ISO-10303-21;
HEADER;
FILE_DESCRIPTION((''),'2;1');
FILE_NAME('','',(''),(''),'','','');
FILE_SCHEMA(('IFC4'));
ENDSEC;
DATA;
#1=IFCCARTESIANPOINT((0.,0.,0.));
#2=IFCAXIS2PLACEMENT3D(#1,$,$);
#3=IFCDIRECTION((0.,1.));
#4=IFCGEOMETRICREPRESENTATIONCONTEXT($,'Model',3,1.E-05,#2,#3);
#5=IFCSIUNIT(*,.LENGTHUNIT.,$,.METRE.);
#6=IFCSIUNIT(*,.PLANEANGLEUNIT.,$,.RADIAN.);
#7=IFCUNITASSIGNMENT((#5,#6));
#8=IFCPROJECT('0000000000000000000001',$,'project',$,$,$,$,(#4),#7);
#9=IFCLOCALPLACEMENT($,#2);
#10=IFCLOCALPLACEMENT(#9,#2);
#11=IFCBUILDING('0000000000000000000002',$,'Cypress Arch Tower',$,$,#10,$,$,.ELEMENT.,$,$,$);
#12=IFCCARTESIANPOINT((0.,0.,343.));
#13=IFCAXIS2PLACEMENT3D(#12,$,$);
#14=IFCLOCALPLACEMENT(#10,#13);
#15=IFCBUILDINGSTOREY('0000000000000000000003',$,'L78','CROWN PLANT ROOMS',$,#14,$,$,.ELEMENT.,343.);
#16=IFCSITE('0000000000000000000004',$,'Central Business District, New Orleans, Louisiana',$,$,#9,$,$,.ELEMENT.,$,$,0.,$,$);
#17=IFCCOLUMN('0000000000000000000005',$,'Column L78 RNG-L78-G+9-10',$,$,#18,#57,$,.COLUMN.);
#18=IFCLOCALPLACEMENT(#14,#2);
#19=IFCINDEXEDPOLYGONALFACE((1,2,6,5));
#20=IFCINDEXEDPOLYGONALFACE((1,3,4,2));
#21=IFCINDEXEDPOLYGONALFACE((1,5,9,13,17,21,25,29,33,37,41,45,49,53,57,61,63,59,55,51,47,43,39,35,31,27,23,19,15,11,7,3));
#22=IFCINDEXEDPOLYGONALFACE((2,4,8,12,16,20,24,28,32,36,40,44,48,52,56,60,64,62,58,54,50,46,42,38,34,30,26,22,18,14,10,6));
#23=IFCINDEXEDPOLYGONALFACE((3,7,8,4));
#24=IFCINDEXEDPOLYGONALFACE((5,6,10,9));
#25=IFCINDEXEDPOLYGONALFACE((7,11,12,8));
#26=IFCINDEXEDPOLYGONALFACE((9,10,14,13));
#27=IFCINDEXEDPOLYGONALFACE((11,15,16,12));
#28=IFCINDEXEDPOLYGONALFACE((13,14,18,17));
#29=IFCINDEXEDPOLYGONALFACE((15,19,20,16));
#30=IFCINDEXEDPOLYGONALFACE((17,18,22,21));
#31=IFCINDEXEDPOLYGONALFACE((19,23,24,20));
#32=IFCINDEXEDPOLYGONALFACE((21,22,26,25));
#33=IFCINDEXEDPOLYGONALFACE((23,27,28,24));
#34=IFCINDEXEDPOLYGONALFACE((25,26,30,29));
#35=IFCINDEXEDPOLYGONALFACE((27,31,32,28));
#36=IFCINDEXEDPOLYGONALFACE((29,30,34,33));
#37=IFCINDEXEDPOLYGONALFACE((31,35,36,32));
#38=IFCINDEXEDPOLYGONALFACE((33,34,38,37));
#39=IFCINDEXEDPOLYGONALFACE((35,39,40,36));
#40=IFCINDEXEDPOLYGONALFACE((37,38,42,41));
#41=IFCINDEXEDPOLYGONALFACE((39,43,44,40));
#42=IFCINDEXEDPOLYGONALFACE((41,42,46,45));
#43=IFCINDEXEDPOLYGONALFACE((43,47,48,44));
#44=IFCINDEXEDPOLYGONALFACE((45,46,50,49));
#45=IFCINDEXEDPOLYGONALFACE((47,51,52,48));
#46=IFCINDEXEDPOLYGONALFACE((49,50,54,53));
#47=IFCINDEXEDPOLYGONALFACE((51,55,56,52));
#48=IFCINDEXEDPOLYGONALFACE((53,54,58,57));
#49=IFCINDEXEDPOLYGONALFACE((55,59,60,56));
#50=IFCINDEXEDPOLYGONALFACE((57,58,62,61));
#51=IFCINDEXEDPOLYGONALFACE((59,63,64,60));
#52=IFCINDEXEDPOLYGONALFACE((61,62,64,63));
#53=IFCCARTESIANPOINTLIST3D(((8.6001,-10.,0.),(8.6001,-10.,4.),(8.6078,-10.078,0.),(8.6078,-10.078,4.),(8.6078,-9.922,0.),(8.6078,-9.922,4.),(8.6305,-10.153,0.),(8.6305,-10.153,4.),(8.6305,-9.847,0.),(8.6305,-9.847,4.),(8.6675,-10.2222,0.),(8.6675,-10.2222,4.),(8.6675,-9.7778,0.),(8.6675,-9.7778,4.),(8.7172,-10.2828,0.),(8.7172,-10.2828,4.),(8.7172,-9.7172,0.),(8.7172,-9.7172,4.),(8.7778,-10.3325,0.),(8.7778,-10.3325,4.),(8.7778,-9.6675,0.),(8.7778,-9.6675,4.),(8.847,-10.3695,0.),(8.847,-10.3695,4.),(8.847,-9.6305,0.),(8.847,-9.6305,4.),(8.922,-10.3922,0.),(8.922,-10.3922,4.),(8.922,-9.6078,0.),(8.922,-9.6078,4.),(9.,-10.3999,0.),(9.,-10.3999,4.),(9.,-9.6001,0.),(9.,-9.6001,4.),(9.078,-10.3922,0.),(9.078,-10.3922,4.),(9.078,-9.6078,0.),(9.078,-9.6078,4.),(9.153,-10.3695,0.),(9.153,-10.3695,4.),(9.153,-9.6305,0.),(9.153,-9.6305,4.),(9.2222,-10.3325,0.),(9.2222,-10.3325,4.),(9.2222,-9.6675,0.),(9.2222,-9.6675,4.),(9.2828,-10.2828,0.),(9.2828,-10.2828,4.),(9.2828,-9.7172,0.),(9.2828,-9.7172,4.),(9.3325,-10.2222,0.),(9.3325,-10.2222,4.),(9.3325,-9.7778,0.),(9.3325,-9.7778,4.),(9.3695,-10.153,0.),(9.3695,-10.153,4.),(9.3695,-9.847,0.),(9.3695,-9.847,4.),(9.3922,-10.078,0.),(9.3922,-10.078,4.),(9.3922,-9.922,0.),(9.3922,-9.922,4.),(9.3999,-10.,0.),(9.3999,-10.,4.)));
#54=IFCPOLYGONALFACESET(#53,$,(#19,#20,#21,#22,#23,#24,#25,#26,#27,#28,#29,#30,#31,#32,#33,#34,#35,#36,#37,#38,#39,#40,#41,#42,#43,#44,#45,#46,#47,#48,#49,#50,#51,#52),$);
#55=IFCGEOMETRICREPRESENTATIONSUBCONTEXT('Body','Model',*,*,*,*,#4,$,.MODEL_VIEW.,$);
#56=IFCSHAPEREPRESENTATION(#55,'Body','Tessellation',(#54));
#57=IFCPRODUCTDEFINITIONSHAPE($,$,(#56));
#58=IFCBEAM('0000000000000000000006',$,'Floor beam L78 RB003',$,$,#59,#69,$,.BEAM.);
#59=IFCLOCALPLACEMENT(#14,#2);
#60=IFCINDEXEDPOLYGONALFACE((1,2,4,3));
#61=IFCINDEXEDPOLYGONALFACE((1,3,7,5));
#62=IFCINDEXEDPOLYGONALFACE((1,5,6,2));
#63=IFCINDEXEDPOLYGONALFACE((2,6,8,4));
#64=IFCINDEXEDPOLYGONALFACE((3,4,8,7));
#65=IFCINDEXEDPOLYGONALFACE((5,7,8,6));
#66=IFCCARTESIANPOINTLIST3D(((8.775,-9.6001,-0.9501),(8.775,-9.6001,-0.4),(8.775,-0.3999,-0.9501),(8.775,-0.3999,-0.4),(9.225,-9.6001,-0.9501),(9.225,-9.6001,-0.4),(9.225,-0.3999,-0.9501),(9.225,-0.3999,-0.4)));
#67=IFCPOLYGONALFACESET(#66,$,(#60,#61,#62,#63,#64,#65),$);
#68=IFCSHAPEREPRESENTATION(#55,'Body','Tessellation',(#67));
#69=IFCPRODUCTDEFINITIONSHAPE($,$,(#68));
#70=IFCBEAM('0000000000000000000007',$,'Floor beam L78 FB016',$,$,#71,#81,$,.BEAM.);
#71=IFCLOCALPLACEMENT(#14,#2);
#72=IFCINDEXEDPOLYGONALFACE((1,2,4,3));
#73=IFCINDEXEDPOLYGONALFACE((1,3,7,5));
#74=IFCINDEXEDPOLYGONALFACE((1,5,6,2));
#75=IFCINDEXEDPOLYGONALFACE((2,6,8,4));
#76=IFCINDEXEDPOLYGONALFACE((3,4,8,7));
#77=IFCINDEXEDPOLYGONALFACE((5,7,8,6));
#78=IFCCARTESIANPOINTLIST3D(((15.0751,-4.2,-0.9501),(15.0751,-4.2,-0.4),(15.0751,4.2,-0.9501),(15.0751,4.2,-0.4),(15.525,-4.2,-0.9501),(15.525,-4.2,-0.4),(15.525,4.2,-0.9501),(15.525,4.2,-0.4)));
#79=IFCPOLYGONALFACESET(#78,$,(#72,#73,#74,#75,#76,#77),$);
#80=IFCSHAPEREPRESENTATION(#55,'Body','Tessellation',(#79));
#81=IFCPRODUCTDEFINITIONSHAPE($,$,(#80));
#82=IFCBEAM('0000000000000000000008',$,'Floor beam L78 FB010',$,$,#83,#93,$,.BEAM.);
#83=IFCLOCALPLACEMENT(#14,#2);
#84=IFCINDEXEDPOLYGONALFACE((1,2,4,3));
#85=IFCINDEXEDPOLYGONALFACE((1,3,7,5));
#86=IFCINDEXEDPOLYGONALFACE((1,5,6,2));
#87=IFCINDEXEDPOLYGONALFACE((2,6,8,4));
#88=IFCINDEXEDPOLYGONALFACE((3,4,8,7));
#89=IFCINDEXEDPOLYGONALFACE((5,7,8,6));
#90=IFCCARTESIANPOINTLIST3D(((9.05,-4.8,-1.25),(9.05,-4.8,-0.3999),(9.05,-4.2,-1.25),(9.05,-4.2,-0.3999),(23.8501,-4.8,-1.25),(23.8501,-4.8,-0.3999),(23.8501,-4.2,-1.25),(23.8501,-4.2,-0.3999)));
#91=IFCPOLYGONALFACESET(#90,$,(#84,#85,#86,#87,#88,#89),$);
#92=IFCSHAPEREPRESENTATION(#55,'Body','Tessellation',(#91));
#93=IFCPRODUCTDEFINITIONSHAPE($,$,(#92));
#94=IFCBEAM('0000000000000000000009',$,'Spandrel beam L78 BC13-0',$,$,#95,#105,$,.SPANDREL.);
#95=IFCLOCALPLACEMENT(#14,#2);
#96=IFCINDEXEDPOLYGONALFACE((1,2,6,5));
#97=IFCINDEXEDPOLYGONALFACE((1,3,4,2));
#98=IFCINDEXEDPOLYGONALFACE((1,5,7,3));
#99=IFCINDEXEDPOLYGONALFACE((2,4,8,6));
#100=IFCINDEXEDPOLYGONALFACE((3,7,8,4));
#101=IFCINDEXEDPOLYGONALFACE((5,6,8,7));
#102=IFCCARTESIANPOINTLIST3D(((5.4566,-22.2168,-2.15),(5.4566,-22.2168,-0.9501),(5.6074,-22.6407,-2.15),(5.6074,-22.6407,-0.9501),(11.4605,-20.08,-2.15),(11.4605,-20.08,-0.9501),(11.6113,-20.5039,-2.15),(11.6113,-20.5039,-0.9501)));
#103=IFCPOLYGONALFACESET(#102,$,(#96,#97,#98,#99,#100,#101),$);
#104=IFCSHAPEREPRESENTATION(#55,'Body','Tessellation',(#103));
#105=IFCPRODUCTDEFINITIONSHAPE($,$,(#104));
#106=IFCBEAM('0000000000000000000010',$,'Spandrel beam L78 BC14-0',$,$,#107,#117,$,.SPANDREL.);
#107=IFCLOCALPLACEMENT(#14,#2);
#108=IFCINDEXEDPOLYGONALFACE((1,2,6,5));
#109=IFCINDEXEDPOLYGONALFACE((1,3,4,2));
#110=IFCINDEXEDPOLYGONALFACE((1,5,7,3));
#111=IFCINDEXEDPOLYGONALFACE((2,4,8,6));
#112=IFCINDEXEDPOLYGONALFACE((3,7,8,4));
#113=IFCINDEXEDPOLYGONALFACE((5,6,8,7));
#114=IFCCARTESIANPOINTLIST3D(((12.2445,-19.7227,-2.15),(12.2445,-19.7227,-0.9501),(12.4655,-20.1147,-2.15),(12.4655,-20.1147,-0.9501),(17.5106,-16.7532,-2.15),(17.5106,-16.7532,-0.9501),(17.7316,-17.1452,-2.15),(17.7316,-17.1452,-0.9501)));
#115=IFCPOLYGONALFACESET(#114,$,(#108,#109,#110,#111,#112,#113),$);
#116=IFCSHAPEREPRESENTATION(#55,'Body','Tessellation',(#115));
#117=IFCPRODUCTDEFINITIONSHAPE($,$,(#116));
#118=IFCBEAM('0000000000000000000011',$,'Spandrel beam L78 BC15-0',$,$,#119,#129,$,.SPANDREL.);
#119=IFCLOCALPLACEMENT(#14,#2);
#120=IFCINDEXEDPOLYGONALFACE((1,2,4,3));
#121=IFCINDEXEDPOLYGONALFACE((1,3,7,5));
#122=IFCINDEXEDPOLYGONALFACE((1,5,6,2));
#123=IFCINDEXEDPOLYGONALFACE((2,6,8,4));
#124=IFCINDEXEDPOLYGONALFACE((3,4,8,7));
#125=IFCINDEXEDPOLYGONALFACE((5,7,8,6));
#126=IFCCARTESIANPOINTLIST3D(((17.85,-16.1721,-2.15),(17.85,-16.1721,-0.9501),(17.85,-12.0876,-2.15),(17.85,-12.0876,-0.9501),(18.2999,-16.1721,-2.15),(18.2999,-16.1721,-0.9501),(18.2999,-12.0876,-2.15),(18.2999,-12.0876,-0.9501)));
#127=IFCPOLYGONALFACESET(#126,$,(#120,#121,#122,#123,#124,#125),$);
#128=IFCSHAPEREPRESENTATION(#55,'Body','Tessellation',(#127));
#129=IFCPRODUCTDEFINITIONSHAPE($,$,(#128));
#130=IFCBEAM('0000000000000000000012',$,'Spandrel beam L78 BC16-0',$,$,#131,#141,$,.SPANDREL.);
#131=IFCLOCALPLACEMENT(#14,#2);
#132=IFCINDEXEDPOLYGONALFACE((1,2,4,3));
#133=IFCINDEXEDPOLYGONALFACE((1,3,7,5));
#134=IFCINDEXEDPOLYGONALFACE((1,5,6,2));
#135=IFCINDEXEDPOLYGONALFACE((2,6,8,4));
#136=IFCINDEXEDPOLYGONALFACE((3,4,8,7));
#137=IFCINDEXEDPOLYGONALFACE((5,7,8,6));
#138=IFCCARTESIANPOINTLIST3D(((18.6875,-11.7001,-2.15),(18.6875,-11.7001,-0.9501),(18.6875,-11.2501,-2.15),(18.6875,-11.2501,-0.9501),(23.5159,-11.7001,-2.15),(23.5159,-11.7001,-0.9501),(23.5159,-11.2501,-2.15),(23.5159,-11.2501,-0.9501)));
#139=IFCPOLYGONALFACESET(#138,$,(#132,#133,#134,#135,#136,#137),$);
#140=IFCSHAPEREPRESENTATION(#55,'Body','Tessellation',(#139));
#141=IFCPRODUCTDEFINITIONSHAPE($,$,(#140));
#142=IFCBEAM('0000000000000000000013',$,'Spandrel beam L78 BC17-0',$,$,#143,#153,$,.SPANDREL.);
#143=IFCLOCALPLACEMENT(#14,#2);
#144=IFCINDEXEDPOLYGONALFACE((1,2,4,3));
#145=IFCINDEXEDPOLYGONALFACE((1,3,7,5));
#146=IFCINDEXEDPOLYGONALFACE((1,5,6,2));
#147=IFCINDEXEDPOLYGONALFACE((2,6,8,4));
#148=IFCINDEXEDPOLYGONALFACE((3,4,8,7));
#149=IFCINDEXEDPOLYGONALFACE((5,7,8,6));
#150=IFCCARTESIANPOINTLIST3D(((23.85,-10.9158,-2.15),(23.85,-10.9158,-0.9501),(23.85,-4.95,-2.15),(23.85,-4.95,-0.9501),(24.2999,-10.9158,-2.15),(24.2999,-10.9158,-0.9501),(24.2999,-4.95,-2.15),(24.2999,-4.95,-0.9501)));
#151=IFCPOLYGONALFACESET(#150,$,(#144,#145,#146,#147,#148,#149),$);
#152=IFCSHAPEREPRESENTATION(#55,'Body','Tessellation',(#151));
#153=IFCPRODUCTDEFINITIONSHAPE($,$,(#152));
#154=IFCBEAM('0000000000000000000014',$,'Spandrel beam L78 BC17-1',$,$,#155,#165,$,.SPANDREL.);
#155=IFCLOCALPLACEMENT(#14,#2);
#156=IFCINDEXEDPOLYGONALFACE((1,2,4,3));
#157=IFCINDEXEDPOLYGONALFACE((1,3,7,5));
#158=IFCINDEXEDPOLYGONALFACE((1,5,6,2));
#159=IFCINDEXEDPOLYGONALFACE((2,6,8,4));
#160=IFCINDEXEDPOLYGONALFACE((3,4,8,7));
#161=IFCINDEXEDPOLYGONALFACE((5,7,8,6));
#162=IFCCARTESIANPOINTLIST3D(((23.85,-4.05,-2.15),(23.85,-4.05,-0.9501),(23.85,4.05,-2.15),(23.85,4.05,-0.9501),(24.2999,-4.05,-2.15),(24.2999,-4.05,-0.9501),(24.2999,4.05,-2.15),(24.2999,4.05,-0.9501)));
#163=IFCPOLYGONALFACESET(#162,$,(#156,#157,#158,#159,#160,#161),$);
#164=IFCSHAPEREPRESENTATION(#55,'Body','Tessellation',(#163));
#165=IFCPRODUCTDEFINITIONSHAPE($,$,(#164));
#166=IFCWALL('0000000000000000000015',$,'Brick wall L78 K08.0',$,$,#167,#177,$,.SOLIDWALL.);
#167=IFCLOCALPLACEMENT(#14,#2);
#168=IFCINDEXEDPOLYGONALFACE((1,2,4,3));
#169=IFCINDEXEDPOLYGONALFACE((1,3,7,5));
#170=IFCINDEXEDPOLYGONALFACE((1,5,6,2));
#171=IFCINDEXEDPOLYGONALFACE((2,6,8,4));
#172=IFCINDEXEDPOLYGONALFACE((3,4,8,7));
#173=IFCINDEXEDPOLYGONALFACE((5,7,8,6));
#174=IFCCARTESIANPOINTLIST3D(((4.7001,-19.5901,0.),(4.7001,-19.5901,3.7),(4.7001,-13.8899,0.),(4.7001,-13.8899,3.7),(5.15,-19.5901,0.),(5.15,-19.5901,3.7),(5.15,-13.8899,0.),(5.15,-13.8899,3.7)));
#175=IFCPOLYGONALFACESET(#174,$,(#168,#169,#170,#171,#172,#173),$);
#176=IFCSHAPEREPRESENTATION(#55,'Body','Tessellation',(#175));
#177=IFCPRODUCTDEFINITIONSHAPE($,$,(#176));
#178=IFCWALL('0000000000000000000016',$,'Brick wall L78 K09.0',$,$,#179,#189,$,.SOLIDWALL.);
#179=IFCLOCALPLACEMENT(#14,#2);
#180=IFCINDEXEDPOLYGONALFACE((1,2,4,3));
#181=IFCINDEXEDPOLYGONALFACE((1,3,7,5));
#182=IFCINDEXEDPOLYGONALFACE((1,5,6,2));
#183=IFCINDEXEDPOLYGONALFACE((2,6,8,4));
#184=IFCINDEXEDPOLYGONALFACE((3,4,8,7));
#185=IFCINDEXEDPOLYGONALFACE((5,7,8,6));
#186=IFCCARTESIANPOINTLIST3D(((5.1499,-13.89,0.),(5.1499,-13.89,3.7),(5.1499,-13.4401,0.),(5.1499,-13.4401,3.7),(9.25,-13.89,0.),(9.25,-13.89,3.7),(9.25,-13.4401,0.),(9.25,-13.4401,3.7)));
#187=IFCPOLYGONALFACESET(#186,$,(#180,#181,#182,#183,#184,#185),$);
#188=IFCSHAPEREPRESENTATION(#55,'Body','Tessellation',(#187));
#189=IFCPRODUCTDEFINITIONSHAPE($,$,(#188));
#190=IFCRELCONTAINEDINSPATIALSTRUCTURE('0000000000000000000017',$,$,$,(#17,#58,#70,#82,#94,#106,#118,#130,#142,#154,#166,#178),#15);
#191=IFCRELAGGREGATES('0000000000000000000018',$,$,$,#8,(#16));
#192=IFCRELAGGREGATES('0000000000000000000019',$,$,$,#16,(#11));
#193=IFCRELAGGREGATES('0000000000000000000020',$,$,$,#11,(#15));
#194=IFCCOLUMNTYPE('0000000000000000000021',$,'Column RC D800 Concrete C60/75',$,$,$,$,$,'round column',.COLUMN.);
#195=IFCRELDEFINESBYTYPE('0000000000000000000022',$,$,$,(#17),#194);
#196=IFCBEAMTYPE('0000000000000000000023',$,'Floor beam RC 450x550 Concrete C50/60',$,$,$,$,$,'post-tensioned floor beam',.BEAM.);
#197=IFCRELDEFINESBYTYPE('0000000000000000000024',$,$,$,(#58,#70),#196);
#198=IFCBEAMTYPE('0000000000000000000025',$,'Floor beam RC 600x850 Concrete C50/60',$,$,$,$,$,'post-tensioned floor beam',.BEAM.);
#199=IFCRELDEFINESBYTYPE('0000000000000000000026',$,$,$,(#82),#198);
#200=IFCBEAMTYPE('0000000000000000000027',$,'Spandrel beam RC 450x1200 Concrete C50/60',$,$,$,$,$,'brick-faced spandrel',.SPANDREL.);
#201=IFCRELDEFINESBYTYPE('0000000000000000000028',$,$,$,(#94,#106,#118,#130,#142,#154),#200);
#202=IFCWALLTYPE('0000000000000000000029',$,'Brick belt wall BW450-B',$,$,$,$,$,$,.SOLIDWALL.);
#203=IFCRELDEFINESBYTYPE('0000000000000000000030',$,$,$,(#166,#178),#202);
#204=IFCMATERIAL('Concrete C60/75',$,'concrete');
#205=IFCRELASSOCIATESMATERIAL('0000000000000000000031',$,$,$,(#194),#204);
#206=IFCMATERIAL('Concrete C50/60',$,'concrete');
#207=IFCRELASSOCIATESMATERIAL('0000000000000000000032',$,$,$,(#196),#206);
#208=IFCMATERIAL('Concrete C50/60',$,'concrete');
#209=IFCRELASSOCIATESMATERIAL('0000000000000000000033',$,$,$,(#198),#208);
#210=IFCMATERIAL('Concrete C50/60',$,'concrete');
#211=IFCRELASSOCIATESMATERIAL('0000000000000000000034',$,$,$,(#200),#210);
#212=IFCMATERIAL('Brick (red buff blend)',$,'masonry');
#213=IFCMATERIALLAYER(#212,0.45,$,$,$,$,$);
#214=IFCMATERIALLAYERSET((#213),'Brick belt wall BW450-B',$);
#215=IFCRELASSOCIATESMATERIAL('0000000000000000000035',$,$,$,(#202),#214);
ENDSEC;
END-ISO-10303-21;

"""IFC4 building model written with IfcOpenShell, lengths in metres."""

from ifc_helpers import new_model, si_unit, direction, frame, frame_2d, origin, origin_2d, place, context, subcontext, project, spatial, rectangle, circle, extrude, material, layer, layer_set, material_profile, profile_set, type_object, element, save


model = new_model("IFC4")

# Units and contexts
model_context = context("Model", 3, precision=1e-05, world=origin(), true_north=direction((0.0, 1.0)))
body_context = subcontext(model_context, "Body", "Model", "MODEL_VIEW")
ifc_project = project(units=[si_unit("LENGTHUNIT", "METRE"), si_unit("PLANEANGLEUNIT", "RADIAN")], contexts=[model_context])

# Site, building, storey
site_placement = place(None, origin())
site = spatial("IfcSite", under=ifc_project, at=site_placement, Name="Central Business District, New Orleans, Louisiana", CompositionType="ELEMENT", RefElevation=0.0)
building_placement = place(site_placement, origin())
building = spatial("IfcBuilding", under=site, at=building_placement, Name="Cypress Arch Tower", CompositionType="ELEMENT")
storey_placement = place(building_placement, frame((0.0, 0.0, 343.0)))
storey = spatial("IfcBuildingStorey", under=building, at=storey_placement, Name="L78", Description="CROWN PLANT ROOMS", CompositionType="ELEMENT", Elevation=343.0)

# Column
ifc_material_1 = material(Name="Concrete C60/75", Category="concrete")
ifc_material_profile_1 = material_profile(ifc_material_1, circle(Radius=0.3999, at=origin_2d()), Name="RC D800")
ifc_profile_set_1 = profile_set([ifc_material_profile_1], Name="Concrete C60/75")
column_type = type_object("IfcColumnType", Name="Column RC D800 Concrete C60/75", ElementType="round column", PredefinedType="COLUMN", material=ifc_profile_set_1)
column_placement = place(storey_placement, frame((9.0, -10.0, 0.0), z_axis=(0.0, 0.0, 1.0), x_axis=(1.0, 0.0, 0.0)))
element("IfcColumn", 1, at=column_placement, inside=storey, type_object=column_type, Name="Column L78 RNG-L78-G+9-10", PredefinedType="COLUMN", context=body_context, shape_type="SweptSolid", body=[
    extrude(circle(Radius=0.3999, at=origin_2d()), origin(), (0.0, 0.0, 1.0), 4.0),
])

# Beams
ifc_material_2 = material(Name="Concrete C50/60", Category="concrete")
ifc_material_profile_2 = material_profile(ifc_material_2, rectangle(XDim=0.45, YDim=0.55, at=origin_2d()), Name="RC 450x550")
ifc_profile_set_2 = profile_set([ifc_material_profile_2], Name="Concrete C50/60")
beam_type_1 = type_object("IfcBeamType", Name="Floor beam RC 450x550 Concrete C50/60", ElementType="post-tensioned floor beam", PredefinedType="BEAM", material=ifc_profile_set_2)
beam_1_placement = place(storey_placement, frame((9.0, -9.6001, -0.675), z_axis=(0.0, 1.0, 0.0), x_axis=(-1.0, 0.0, 0.0)))
element("IfcBeam", 2, at=beam_1_placement, inside=storey, type_object=beam_type_1, Name="Floor beam L78 RB003", PredefinedType="BEAM", context=body_context, shape_type="SweptSolid", body=[
    extrude(rectangle(XDim=0.45, YDim=0.55, at=origin_2d()), origin(), (0.0, 0.0, 1.0), 9.2002),
])
beam_2_placement = place(storey_placement, frame((15.3, -4.2, -0.675), z_axis=(0.0, 1.0, 0.0), x_axis=(-1.0, 0.0, 0.0)))
element("IfcBeam", 3, at=beam_2_placement, inside=storey, type_object=beam_type_1, Name="Floor beam L78 FB016", PredefinedType="BEAM", context=body_context, shape_type="SweptSolid", body=[
    extrude(rectangle(XDim=0.45, YDim=0.55, at=origin_2d()), origin(), (0.0, 0.0, 1.0), 8.3999),
])
ifc_material_3 = material(Name="Concrete C50/60", Category="concrete")
ifc_material_profile_3 = material_profile(ifc_material_3, rectangle(XDim=0.6001, YDim=0.8501, at=origin_2d()), Name="RC 600x850")
ifc_profile_set_3 = profile_set([ifc_material_profile_3], Name="Concrete C50/60")
beam_type_2 = type_object("IfcBeamType", Name="Floor beam RC 600x850 Concrete C50/60", ElementType="post-tensioned floor beam", PredefinedType="BEAM", material=ifc_profile_set_3)
beam_3_placement = place(storey_placement, frame((9.05, -4.5, -0.825), z_axis=(1.0, 0.0, 0.0), x_axis=(0.0, 1.0, 0.0)))
element("IfcBeam", 4, at=beam_3_placement, inside=storey, type_object=beam_type_2, Name="Floor beam L78 FB010", PredefinedType="BEAM", context=body_context, shape_type="SweptSolid", body=[
    extrude(rectangle(XDim=0.6001, YDim=0.8501, at=origin_2d()), origin(), (0.0, 0.0, 1.0), 14.8),
])
ifc_material_4 = material(Name="Concrete C50/60", Category="concrete")
ifc_material_profile_4 = material_profile(ifc_material_4, rectangle(XDim=0.45, YDim=1.2, at=origin_2d()), Name="RC 450x1200")
ifc_profile_set_4 = profile_set([ifc_material_profile_4], Name="Concrete C50/60")
beam_type_3 = type_object("IfcBeamType", Name="Spandrel beam RC 450x1200 Concrete C50/60", ElementType="brick-faced spandrel", PredefinedType="SPANDREL", material=ifc_profile_set_4)
beam_4_placement = place(storey_placement, frame((5.532, -22.4287, -1.55), z_axis=(0.942116, 0.335288, 0.0), x_axis=(-0.335288, 0.942116, 0.0)))
element("IfcBeam", 5, at=beam_4_placement, inside=storey, type_object=beam_type_3, Name="Spandrel beam L78 BC13-0", PredefinedType="SPANDREL", context=body_context, shape_type="SweptSolid", body=[
    extrude(rectangle(XDim=0.45, YDim=1.2, at=origin_2d()), origin(), (0.0, 0.0, 1.0), 6.3728),
])
beam_5_placement = place(storey_placement, frame((12.355, -19.9187, -1.55), z_axis=(0.87106, 0.491177, 0.0), x_axis=(-0.491177, 0.87106, 0.0)))
element("IfcBeam", 6, at=beam_5_placement, inside=storey, type_object=beam_type_3, Name="Spandrel beam L78 BC14-0", PredefinedType="SPANDREL", context=body_context, shape_type="SweptSolid", body=[
    extrude(rectangle(XDim=0.45, YDim=1.2, at=origin_2d()), origin(), (0.0, 0.0, 1.0), 6.0457),
])
beam_6_placement = place(storey_placement, frame((18.075, -16.1721, -1.55), z_axis=(0.0, 1.0, 0.0), x_axis=(-1.0, 0.0, 0.0)))
element("IfcBeam", 7, at=beam_6_placement, inside=storey, type_object=beam_type_3, Name="Spandrel beam L78 BC15-0", PredefinedType="SPANDREL", context=body_context, shape_type="SweptSolid", body=[
    extrude(rectangle(XDim=0.45, YDim=1.2, at=origin_2d()), origin(), (0.0, 0.0, 1.0), 4.0845),
])
beam_7_placement = place(storey_placement, frame((18.6875, -11.4751, -1.55), z_axis=(1.0, 0.0, 0.0), x_axis=(0.0, 1.0, 0.0)))
element("IfcBeam", 8, at=beam_7_placement, inside=storey, type_object=beam_type_3, Name="Spandrel beam L78 BC16-0", PredefinedType="SPANDREL", context=body_context, shape_type="SweptSolid", body=[
    extrude(rectangle(XDim=0.45, YDim=1.2, at=origin_2d()), origin(), (0.0, 0.0, 1.0), 4.8284),
])
beam_8_placement = place(storey_placement, frame((24.075, -10.9158, -1.55), z_axis=(0.0, 1.0, 0.0), x_axis=(-1.0, 0.0, 0.0)))
element("IfcBeam", 9, at=beam_8_placement, inside=storey, type_object=beam_type_3, Name="Spandrel beam L78 BC17-0", PredefinedType="SPANDREL", context=body_context, shape_type="SweptSolid", body=[
    extrude(rectangle(XDim=0.45, YDim=1.2, at=origin_2d()), origin(), (0.0, 0.0, 1.0), 5.9658),
])
beam_9_placement = place(storey_placement, frame((24.075, -4.05, -1.55), z_axis=(0.0, 1.0, 0.0), x_axis=(-1.0, 0.0, 0.0)))
element("IfcBeam", 10, at=beam_9_placement, inside=storey, type_object=beam_type_3, Name="Spandrel beam L78 BC17-1", PredefinedType="SPANDREL", context=body_context, shape_type="SweptSolid", body=[
    extrude(rectangle(XDim=0.45, YDim=1.2, at=origin_2d()), origin(), (0.0, 0.0, 1.0), 8.1001),
])

# Walls
ifc_material_5 = material(Name="Brick (red buff blend)", Category="masonry")
ifc_layer_1 = layer(ifc_material_5, 0.45)
ifc_layer_set_1 = layer_set([ifc_layer_1], Name="Brick belt wall BW450-B")
wall_type_1 = type_object("IfcWallType", Name="Brick belt wall BW450-B", PredefinedType="SOLIDWALL", material=ifc_layer_set_1)
wall_1_placement = place(storey_placement, frame((4.925, -19.5901, 0.0), z_axis=(0.0, 0.0, 1.0), x_axis=(0.0, 1.0, 0.0)))
element("IfcWall", 11, at=wall_1_placement, inside=storey, type_object=wall_type_1, Name="Brick wall L78 K08.0", PredefinedType="SOLIDWALL", context=body_context, shape_type="SweptSolid", body=[
    extrude(rectangle(XDim=5.7002, YDim=0.45, at=frame_2d((2.8501, 0.0))), origin(), (0.0, 0.0, 1.0), 3.7),
])
wall_2_placement = place(storey_placement, frame((5.1499, -13.665, 0.0), z_axis=(0.0, 0.0, 1.0), x_axis=(1.0, 0.0, 0.0)))
element("IfcWall", 12, at=wall_2_placement, inside=storey, type_object=wall_type_1, Name="Brick wall L78 K09.0", PredefinedType="SOLIDWALL", context=body_context, shape_type="SweptSolid", body=[
    extrude(rectangle(XDim=4.1001, YDim=0.45, at=frame_2d((2.05, 0.0))), origin(), (0.0, 0.0, 1.0), 3.7),
])

save(model, "model.ifc")
